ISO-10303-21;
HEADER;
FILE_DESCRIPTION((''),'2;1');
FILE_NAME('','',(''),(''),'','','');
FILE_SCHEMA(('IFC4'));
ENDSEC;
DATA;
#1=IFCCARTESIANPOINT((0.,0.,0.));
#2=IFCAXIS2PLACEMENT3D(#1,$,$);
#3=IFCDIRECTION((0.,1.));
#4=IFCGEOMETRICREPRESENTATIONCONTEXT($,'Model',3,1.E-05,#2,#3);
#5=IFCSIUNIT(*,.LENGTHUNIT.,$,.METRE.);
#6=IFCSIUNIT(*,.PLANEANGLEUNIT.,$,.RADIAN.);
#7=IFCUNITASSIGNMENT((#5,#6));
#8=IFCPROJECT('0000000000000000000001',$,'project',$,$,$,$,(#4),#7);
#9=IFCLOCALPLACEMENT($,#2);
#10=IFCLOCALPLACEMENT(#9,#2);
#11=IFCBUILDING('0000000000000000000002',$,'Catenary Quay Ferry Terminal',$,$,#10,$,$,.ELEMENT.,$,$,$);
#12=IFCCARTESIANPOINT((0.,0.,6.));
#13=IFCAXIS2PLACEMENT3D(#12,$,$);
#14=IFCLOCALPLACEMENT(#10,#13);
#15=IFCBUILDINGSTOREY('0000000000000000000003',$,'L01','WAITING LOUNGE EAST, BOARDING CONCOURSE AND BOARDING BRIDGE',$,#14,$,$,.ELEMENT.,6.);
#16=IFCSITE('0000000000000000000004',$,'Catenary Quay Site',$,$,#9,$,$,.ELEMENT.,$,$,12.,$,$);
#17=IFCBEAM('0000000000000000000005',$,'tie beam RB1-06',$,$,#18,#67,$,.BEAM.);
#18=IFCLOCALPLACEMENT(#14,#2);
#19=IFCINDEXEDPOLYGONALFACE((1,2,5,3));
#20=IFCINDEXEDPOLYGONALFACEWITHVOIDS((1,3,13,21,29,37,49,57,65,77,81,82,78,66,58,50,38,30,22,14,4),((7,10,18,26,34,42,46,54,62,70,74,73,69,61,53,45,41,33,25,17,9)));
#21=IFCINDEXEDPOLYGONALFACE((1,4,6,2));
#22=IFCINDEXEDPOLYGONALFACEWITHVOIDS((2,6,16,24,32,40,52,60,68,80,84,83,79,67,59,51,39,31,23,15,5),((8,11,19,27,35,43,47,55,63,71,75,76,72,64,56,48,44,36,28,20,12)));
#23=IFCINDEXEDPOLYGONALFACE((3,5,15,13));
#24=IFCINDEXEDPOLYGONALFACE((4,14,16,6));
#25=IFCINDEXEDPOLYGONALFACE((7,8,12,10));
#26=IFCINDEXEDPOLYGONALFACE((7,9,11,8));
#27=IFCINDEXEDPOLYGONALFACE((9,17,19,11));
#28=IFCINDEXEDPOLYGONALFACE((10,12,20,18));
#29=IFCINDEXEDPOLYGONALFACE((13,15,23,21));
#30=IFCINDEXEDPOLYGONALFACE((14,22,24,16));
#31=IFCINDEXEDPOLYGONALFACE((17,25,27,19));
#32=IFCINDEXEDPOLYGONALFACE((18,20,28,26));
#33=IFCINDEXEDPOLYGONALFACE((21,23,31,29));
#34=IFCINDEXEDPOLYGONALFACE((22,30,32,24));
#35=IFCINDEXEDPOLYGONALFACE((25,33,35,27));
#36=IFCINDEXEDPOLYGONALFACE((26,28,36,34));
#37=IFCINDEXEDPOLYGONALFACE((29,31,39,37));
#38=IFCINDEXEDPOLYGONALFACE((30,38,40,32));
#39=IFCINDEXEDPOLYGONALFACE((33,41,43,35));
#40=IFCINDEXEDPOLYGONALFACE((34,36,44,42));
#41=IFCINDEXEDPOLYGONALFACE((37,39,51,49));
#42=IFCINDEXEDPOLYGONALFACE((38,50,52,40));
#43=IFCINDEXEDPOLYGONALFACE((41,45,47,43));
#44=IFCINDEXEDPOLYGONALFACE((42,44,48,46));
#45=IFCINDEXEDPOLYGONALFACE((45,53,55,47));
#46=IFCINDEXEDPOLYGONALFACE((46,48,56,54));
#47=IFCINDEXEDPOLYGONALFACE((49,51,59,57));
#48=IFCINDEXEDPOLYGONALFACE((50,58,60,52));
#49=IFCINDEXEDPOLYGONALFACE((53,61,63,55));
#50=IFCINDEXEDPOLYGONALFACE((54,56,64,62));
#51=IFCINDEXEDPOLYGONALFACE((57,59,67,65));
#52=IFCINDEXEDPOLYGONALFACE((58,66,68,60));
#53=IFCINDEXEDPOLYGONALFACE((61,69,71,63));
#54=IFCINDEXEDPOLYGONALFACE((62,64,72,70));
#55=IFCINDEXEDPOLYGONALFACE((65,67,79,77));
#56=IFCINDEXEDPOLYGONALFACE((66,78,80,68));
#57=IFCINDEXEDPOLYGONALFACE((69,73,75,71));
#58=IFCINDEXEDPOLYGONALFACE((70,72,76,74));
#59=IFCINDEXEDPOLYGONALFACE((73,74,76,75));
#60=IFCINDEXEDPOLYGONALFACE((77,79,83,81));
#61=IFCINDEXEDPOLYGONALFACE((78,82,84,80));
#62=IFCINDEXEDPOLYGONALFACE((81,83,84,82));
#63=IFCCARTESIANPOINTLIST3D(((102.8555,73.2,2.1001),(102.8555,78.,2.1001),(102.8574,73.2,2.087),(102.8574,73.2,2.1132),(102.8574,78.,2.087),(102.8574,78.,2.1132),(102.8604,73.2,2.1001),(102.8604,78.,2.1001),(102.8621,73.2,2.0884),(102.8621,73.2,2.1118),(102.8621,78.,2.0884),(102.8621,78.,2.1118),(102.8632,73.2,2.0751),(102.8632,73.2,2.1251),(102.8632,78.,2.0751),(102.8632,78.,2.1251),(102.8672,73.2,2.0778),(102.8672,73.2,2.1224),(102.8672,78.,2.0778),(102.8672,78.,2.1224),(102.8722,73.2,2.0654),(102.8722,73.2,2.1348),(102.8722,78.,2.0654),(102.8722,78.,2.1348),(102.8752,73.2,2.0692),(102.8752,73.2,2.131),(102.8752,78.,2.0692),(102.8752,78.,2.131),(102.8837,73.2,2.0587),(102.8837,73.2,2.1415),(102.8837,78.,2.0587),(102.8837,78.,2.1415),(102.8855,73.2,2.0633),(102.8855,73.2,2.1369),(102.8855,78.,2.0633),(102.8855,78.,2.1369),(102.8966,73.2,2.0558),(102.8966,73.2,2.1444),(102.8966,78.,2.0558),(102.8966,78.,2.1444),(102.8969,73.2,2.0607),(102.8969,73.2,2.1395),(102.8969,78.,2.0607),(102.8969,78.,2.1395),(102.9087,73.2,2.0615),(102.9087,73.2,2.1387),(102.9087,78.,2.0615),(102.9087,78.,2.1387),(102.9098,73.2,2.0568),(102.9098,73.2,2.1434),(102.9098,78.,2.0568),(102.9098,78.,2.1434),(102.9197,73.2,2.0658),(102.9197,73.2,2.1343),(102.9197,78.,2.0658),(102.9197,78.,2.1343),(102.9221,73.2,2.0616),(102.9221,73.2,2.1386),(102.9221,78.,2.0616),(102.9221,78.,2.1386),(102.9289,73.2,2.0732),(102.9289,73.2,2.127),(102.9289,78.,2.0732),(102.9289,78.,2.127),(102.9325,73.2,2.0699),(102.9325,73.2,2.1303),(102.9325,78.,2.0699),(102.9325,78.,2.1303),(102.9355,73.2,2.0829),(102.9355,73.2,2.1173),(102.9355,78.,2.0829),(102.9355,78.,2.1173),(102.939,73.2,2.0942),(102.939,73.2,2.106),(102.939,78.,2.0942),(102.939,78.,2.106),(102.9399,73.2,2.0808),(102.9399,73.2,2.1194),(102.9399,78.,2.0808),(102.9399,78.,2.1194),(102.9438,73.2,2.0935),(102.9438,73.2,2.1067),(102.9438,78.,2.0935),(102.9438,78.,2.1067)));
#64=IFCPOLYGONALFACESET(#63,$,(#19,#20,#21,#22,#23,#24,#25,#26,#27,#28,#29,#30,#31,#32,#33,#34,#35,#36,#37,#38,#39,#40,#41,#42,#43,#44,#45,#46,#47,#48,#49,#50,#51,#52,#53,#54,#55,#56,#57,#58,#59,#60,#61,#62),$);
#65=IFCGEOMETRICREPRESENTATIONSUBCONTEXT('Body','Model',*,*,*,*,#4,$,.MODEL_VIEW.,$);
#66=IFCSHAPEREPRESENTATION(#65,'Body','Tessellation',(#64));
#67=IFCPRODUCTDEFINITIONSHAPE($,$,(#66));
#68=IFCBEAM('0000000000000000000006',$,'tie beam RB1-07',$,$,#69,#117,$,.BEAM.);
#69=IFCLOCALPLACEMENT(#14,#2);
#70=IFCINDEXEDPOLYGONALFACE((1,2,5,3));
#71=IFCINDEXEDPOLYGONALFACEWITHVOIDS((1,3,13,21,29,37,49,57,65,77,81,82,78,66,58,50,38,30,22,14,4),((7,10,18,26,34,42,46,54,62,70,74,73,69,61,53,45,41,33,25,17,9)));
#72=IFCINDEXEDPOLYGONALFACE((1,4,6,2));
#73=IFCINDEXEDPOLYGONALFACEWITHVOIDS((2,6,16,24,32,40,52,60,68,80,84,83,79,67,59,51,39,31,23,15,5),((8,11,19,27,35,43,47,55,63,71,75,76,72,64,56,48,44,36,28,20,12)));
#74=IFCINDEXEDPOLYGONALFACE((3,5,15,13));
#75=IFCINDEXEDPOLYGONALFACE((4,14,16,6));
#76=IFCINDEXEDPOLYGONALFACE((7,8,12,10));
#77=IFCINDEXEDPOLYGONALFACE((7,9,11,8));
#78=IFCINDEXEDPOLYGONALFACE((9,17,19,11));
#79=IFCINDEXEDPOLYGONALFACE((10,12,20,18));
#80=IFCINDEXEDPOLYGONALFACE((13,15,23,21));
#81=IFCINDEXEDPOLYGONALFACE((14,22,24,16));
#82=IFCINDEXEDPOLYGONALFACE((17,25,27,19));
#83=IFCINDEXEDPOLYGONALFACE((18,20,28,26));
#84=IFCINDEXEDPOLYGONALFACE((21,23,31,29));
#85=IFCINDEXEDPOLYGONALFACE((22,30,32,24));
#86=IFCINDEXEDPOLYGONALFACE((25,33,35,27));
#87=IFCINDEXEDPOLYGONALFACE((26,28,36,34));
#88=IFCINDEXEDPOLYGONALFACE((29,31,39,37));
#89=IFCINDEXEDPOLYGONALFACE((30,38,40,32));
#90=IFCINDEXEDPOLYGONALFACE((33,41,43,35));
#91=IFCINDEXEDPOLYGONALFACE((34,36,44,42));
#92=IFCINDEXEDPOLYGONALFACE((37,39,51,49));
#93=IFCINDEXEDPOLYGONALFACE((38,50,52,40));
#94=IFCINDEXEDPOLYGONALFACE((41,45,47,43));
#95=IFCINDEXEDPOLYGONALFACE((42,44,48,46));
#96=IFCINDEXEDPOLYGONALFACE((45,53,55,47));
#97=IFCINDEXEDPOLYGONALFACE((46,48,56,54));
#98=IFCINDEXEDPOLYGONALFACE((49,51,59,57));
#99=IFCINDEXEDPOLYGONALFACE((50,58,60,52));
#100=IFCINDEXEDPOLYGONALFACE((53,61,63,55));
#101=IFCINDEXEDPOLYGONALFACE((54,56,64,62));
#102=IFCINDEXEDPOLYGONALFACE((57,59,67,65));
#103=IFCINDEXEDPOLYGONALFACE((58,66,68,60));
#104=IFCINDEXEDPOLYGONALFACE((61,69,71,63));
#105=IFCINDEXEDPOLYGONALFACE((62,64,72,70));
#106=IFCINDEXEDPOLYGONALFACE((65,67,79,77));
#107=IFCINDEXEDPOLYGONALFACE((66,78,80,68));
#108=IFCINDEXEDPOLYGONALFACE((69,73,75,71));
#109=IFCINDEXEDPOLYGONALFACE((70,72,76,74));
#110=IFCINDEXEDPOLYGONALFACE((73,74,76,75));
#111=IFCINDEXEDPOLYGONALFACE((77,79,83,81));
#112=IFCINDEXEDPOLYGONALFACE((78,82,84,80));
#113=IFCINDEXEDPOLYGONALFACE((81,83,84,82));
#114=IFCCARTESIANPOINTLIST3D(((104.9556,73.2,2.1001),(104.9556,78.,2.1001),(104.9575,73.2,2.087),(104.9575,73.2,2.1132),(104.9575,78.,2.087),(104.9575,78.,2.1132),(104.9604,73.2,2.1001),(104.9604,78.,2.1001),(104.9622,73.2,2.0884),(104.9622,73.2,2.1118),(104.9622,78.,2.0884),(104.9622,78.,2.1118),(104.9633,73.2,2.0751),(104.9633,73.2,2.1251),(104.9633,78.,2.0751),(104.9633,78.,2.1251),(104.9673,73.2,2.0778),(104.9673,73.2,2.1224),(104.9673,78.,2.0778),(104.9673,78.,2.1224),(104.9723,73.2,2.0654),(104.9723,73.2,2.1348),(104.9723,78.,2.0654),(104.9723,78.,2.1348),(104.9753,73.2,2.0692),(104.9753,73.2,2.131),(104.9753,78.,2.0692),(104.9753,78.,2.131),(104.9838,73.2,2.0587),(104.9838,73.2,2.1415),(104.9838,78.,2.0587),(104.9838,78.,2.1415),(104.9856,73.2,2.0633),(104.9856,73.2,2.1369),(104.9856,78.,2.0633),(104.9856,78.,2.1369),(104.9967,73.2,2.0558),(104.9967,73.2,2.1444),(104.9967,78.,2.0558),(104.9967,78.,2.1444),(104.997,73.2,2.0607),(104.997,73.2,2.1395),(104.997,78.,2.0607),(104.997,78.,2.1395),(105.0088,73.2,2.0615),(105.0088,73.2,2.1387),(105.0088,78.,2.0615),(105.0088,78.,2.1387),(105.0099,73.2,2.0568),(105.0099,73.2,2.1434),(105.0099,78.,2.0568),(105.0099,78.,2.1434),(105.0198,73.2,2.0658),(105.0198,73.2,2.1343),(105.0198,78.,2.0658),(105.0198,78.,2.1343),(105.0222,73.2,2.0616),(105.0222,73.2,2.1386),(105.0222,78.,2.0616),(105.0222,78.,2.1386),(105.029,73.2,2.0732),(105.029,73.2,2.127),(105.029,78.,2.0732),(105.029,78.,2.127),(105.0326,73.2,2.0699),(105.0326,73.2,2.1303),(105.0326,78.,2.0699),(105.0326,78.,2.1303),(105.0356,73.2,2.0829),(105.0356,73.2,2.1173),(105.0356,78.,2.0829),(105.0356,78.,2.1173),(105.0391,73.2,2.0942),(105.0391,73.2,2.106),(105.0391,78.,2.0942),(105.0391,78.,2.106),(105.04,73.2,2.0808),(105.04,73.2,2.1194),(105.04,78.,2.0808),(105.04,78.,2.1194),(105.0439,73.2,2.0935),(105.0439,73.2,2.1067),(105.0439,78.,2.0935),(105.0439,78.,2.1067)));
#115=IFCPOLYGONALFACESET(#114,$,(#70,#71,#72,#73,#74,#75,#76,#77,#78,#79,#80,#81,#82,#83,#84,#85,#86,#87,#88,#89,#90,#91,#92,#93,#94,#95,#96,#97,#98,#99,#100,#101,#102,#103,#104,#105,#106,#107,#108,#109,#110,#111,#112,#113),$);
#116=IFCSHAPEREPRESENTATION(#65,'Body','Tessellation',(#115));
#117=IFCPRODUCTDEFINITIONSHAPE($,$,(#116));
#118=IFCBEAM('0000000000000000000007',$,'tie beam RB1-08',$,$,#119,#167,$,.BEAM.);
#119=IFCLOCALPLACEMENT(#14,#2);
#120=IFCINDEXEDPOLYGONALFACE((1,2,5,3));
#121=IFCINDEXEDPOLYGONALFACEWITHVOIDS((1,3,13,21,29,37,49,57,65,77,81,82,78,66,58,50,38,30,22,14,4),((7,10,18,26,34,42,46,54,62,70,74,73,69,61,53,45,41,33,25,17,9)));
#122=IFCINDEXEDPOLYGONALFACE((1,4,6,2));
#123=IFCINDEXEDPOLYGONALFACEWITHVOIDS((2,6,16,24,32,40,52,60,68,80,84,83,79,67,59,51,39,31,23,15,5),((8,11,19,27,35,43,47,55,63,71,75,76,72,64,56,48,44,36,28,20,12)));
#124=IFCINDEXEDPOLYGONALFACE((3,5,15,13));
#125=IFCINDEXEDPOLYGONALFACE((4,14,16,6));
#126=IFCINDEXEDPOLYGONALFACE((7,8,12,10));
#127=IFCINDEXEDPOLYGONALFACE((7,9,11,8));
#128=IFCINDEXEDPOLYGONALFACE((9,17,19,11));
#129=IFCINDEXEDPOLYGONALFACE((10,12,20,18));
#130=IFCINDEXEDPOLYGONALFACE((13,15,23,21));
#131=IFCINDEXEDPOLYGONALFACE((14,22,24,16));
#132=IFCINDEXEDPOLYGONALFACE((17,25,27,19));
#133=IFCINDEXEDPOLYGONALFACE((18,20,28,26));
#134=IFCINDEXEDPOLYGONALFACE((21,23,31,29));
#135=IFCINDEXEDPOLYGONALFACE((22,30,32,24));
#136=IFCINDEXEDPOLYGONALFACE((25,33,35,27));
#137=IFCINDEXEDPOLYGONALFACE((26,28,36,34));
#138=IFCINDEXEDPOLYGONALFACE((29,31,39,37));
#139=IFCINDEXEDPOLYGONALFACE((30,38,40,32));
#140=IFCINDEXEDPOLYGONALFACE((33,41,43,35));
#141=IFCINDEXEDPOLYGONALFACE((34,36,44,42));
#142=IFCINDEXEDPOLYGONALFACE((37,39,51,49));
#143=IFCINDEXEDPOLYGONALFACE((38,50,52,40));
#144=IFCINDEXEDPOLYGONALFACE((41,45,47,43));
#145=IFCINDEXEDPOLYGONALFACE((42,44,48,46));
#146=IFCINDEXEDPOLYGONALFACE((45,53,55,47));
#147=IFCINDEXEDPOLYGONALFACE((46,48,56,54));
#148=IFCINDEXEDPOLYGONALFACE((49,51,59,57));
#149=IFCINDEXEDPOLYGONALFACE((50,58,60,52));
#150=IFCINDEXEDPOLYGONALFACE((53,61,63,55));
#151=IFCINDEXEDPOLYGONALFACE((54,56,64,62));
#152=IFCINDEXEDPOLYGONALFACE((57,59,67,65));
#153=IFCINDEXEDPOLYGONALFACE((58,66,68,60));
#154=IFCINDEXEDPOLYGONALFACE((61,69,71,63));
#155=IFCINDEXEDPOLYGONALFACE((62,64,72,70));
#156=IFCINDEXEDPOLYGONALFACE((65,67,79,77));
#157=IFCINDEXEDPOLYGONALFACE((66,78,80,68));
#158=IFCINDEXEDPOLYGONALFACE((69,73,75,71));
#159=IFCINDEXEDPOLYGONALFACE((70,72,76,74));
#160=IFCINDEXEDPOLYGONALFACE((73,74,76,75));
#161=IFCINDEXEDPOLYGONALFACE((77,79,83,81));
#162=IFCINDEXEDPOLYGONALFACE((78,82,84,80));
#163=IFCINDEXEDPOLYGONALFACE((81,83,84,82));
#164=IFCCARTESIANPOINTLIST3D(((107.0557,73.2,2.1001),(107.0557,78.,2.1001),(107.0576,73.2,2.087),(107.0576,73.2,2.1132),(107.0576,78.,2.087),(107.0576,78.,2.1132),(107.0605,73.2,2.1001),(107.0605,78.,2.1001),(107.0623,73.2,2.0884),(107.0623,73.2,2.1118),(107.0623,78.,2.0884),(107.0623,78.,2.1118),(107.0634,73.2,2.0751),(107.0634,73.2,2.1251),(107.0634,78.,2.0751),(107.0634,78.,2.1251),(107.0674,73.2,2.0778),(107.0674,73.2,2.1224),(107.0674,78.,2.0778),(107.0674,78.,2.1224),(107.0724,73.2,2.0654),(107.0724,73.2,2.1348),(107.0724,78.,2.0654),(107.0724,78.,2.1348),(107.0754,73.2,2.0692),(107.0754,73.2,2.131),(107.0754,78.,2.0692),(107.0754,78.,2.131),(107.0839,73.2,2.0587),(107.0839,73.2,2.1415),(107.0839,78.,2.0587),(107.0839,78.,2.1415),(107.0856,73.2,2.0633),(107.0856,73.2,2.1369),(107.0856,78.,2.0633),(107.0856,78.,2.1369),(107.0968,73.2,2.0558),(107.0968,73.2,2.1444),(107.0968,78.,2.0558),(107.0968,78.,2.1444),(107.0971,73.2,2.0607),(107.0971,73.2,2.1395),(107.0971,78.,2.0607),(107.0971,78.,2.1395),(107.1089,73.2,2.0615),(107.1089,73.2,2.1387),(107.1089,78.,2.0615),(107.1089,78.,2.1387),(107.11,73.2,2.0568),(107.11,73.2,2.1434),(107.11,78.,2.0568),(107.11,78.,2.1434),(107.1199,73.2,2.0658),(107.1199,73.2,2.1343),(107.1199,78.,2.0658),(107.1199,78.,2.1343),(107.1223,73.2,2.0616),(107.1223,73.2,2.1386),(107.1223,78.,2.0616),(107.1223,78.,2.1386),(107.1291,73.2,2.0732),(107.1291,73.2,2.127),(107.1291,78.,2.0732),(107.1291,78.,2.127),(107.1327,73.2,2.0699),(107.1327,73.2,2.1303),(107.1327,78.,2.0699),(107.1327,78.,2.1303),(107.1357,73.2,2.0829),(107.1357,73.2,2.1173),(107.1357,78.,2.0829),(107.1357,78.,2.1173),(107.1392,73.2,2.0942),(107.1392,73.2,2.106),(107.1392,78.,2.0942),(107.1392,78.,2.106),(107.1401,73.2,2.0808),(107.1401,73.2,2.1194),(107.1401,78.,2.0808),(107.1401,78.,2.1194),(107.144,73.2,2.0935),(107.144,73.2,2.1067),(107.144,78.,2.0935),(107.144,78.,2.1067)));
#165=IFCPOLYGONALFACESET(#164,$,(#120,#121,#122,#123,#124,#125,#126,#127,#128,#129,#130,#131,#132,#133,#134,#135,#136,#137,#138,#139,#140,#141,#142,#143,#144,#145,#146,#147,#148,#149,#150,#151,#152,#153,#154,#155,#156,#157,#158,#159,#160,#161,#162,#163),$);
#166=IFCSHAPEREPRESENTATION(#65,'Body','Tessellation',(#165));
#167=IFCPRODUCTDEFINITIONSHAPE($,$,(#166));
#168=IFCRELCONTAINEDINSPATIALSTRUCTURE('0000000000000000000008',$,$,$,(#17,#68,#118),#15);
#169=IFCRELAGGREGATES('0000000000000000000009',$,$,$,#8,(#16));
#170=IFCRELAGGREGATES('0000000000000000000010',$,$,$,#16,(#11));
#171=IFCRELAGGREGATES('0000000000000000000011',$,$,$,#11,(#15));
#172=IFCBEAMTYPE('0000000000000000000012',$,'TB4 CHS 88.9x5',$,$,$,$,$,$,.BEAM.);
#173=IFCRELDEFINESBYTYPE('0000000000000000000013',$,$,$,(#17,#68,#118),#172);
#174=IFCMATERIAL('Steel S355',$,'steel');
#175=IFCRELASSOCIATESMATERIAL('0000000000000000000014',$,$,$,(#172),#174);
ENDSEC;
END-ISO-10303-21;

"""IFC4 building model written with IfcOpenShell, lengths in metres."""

from ifc_helpers import new_model, si_unit, direction, frame, origin, origin_2d, place, context, subcontext, project, spatial, hollow_circle, extrude, material, material_profile, profile_set, type_object, element, save


model = new_model("IFC4")

# Units and contexts
model_context = context("Model", 3, precision=1e-05, world=origin(), true_north=direction((0.0, 1.0)))
body_context = subcontext(model_context, "Body", "Model", "MODEL_VIEW")
ifc_project = project(units=[si_unit("LENGTHUNIT", "METRE"), si_unit("PLANEANGLEUNIT", "RADIAN")], contexts=[model_context])

# Site, building, storey
site_placement = place(None, origin())
site = spatial("IfcSite", under=ifc_project, at=site_placement, Name="Catenary Quay Site", CompositionType="ELEMENT", RefElevation=12.0)
building_placement = place(site_placement, origin())
building = spatial("IfcBuilding", under=site, at=building_placement, Name="Catenary Quay Ferry Terminal", CompositionType="ELEMENT")
storey_placement = place(building_placement, frame((0.0, 0.0, 6.0)))
storey = spatial("IfcBuildingStorey", under=building, at=storey_placement, Name="L01", Description="WAITING LOUNGE EAST, BOARDING CONCOURSE AND BOARDING BRIDGE", CompositionType="ELEMENT", Elevation=6.0)

# Beams
ifc_material_1 = material(Name="Steel S355", Category="steel")
ifc_material_profile_1 = material_profile(ifc_material_1, hollow_circle(Radius=0.0444, WallThickness=0.0049, at=origin_2d()), Name="CHS 88.9x5")
ifc_profile_set_1 = profile_set([ifc_material_profile_1], Name="Steel S355")
beam_type_1 = type_object("IfcBeamType", Name="TB4 CHS 88.9x5", PredefinedType="BEAM", material=ifc_profile_set_1)
for number, where, z_axis, x_axis, name in (
    (1, (102.8999, 73.2, 2.1001), (0.0, 1.0, 0.0), (-1.0, 0.0, 0.0), "tie beam RB1-06"),
    (2, (105.0, 73.2, 2.1001), (0.0, 1.0, 0.0), (-1.0, 0.0, 0.0), "tie beam RB1-07"),
    (3, (107.1001, 73.2, 2.1001), (0.0, 1.0, 0.0), (-1.0, 0.0, 0.0), "tie beam RB1-08"),
):
    element("IfcBeam", number, at=place(storey_placement, frame(where, z_axis=z_axis, x_axis=x_axis)), inside=storey, type_object=beam_type_1, Name=name, PredefinedType="BEAM", context=body_context, shape_type="SweptSolid", body=[
        extrude(hollow_circle(Radius=0.0444, WallThickness=0.0049, at=origin_2d()), origin(), (0.0, 0.0, 1.0), 4.8),
    ])

save(model, "model.ifc")
